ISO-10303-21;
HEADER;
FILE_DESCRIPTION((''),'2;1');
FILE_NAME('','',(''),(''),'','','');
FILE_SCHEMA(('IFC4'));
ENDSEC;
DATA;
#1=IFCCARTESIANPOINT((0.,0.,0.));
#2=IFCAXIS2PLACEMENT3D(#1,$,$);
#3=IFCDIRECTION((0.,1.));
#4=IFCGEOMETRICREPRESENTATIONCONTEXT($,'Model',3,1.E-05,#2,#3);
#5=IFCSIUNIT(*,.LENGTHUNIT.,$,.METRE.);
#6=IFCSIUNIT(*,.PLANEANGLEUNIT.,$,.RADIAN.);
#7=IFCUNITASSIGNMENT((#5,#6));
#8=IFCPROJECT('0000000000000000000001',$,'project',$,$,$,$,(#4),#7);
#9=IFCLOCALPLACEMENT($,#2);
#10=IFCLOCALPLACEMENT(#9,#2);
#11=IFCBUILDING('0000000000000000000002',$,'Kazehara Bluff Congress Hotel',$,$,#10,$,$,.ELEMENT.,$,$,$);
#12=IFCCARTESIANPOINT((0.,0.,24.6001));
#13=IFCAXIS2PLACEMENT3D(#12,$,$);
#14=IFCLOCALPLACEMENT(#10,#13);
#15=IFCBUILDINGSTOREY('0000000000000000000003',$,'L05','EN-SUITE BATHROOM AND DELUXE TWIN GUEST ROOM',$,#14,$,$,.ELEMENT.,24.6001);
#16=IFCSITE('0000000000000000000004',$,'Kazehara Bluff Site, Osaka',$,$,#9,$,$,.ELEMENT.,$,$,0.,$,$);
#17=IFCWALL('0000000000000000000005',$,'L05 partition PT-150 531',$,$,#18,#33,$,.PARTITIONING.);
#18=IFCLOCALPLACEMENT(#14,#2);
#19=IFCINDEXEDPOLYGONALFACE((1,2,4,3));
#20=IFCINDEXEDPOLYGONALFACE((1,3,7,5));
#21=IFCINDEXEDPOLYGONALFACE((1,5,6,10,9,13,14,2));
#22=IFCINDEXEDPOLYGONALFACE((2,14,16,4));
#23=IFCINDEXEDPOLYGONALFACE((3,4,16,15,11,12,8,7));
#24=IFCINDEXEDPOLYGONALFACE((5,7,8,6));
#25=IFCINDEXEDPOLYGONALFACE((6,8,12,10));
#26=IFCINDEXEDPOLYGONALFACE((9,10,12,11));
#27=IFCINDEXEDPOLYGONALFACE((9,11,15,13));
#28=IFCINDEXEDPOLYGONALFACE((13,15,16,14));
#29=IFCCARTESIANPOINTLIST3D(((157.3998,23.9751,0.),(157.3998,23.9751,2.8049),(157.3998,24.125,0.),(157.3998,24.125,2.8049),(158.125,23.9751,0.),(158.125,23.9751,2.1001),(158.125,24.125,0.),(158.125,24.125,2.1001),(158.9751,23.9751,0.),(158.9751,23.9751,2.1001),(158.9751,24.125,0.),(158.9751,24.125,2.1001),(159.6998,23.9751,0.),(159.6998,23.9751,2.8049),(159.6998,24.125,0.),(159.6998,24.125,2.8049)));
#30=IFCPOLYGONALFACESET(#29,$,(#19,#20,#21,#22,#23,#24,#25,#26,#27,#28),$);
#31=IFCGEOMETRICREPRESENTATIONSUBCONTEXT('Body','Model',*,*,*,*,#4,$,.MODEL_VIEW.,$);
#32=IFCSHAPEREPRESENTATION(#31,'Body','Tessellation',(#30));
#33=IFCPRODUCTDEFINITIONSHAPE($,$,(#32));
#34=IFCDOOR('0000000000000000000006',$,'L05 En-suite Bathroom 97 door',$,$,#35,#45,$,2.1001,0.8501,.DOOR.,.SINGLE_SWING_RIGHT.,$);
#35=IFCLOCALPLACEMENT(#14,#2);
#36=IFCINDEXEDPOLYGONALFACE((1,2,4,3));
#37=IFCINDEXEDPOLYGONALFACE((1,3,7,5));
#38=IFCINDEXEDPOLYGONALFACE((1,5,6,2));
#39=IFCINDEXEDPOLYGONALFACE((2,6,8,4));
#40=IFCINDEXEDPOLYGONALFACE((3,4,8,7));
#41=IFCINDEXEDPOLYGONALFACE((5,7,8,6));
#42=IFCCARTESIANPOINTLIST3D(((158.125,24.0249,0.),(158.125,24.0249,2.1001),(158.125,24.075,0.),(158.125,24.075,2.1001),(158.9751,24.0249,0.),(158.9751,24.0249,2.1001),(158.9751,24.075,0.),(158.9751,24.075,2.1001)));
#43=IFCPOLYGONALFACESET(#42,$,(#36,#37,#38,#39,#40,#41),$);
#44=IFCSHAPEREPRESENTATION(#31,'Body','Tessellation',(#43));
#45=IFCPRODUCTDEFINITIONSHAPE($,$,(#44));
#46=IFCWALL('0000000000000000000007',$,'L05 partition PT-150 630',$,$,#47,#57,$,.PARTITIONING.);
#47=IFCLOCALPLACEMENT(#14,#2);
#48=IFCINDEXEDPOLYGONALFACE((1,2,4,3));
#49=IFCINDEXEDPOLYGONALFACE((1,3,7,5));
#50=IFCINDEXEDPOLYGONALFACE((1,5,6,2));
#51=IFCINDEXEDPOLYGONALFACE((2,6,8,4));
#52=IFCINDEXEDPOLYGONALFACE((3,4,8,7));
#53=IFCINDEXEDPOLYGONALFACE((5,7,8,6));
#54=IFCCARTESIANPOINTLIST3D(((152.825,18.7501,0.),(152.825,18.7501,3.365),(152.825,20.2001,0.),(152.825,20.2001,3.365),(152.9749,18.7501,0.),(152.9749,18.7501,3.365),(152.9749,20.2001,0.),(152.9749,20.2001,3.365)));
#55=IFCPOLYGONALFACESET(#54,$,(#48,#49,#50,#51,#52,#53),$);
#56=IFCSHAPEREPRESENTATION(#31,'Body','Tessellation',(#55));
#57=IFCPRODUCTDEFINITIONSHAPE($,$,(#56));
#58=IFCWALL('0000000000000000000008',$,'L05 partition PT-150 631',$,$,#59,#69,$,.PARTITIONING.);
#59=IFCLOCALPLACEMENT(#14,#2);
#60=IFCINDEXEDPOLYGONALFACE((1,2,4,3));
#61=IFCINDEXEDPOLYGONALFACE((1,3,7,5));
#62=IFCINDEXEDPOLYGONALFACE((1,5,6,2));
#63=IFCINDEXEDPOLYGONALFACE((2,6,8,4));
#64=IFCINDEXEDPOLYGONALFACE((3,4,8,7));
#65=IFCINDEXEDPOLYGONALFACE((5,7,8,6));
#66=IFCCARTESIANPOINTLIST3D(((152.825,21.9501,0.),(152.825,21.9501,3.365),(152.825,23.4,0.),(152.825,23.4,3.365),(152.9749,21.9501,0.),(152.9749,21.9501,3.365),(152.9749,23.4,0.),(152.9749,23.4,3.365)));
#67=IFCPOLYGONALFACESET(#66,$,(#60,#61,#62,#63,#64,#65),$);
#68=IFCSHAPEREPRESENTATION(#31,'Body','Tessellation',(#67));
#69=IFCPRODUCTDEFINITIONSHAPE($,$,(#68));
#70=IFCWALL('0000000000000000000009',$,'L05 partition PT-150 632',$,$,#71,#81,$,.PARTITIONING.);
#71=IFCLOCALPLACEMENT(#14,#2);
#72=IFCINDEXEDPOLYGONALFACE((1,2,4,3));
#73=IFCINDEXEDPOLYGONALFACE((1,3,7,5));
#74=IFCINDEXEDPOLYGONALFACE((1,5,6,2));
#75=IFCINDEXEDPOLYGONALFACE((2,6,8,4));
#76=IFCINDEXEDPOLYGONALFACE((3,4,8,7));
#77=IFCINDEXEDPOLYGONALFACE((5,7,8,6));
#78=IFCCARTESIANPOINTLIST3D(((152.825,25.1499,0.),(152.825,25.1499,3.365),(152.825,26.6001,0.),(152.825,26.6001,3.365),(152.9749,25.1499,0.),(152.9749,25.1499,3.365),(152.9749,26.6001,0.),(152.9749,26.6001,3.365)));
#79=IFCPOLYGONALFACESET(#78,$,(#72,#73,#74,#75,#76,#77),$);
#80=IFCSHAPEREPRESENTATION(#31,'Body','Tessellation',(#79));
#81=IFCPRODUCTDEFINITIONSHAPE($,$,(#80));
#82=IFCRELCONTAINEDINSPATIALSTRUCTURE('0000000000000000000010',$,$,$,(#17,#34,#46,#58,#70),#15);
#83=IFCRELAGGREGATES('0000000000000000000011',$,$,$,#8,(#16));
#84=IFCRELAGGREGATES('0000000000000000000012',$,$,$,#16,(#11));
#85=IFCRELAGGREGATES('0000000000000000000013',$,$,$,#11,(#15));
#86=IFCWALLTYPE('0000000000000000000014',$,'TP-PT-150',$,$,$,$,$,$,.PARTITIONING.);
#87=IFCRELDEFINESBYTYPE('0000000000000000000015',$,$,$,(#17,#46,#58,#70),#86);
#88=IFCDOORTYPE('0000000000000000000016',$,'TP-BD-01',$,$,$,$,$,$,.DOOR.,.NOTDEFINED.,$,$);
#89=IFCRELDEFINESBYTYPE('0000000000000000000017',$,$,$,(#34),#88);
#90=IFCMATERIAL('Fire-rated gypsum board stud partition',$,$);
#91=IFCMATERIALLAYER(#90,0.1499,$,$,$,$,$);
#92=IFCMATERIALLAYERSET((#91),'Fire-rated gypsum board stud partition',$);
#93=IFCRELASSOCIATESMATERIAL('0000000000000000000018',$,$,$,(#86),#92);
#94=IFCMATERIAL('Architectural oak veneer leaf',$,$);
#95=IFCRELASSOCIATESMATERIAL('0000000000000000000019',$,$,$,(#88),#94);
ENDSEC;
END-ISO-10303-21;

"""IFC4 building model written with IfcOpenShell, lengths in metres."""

from ifc_helpers import new_model, si_unit, direction, frame, frame_2d, origin, place, context, subcontext, project, spatial, rectangle, extrude, material, layer, layer_set, type_object, element, fill, save


model = new_model("IFC4")

# Units and contexts
model_context = context("Model", 3, precision=1e-05, world=origin(), true_north=direction((0.0, 1.0)))
body_context = subcontext(model_context, "Body", "Model", "MODEL_VIEW")
ifc_project = project(units=[si_unit("LENGTHUNIT", "METRE"), si_unit("PLANEANGLEUNIT", "RADIAN")], contexts=[model_context])

# Site, building, storey
site_placement = place(None, origin())
site = spatial("IfcSite", under=ifc_project, at=site_placement, Name="Kazehara Bluff Site, Osaka", CompositionType="ELEMENT", RefElevation=0.0)
building_placement = place(site_placement, origin())
building = spatial("IfcBuilding", under=site, at=building_placement, Name="Kazehara Bluff Congress Hotel", CompositionType="ELEMENT")
storey_placement = place(building_placement, frame((0.0, 0.0, 24.6001)))
storey = spatial("IfcBuildingStorey", under=building, at=storey_placement, Name="L05", Description="EN-SUITE BATHROOM AND DELUXE TWIN GUEST ROOM", CompositionType="ELEMENT", Elevation=24.6001)

# Wall, opening, door
ifc_material_1 = material(Name="Fire-rated gypsum board stud partition")
ifc_layer = layer(ifc_material_1, 0.1499)
ifc_layer_set = layer_set([ifc_layer], Name="Fire-rated gypsum board stud partition")
wall_type = type_object("IfcWallType", Name="TP-PT-150", PredefinedType="PARTITIONING", material=ifc_layer_set)
wall_1_placement = place(storey_placement, frame((157.3999, 24.05, 0.0), z_axis=(0.0, 0.0, 1.0), x_axis=(1.0, 0.0, 0.0)))
wall_1 = element("IfcWall", 1, at=wall_1_placement, inside=storey, type_object=wall_type, Name="L05 partition PT-150 531", PredefinedType="PARTITIONING", context=body_context, shape_type="SweptSolid", body=[
    extrude(rectangle(XDim=2.3, YDim=0.1499, at=frame_2d((1.1499, 0.0))), origin(), (0.0, 0.0, 1.0), 2.8049),
])
opening_1_placement = place(wall_1_placement, frame((0.7251, 0.0, 0.0)))
opening_1 = element("IfcOpeningElement", 2, at=opening_1_placement, cuts=wall_1, PredefinedType="OPENING", context=body_context, shape_type="SweptSolid", body=[
    extrude(rectangle(XDim=0.8501, YDim=2.1001, at=frame_2d((0.425, 1.05))), frame((0.0, 0.085, 0.0), z_axis=(0.0, -1.0, 0.0), x_axis=(1.0, 0.0, 0.0)), (0.0, 0.0, 1.0), 0.1699),
])
ifc_material_2 = material(Name="Architectural oak veneer leaf")
door_type_1 = type_object("IfcDoorType", Name="TP-BD-01", OperationType="NOTDEFINED", PredefinedType="DOOR", material=ifc_material_2)
door_1_placement = place(opening_1_placement, origin())
door_1 = element("IfcDoor", 3, at=door_1_placement, inside=storey, type_object=door_type_1, Name="L05 En-suite Bathroom 97 door", OperationType="SINGLE_SWING_RIGHT", OverallHeight=2.1001, OverallWidth=0.8501, PredefinedType="DOOR", context=body_context, shape_type="SweptSolid", body=[
    extrude(rectangle(XDim=0.8501, YDim=2.1001, at=frame_2d((0.425, 1.05))), frame((0.0, 0.0249, 0.0), z_axis=(0.0, -1.0, 0.0), x_axis=(1.0, 0.0, 0.0)), (0.0, 0.0, 1.0), 0.05),
])
fill(opening_1, door_1)

# Walls
for number, where, z_axis, x_axis, name in (
    (4, (152.8999, 18.75, 0.0), (0.0, 0.0, 1.0), (0.0, 1.0, 0.0), "L05 partition PT-150 630"),
    (5, (152.8999, 21.95, 0.0), (0.0, 0.0, 1.0), (0.0, 1.0, 0.0), "L05 partition PT-150 631"),
):
    element("IfcWall", number, at=place(storey_placement, frame(where, z_axis=z_axis, x_axis=x_axis)), inside=storey, type_object=wall_type, Name=name, PredefinedType="PARTITIONING", context=body_context, shape_type="SweptSolid", body=[
        extrude(rectangle(XDim=1.45, YDim=0.1499, at=frame_2d((0.7251, 0.0))), origin(), (0.0, 0.0, 1.0), 3.365),
    ])
wall_2_placement = place(storey_placement, frame((152.8999, 25.1499, 0.0), z_axis=(0.0, 0.0, 1.0), x_axis=(0.0, 1.0, 0.0)))
element("IfcWall", 6, at=wall_2_placement, inside=storey, type_object=wall_type, Name="L05 partition PT-150 632", PredefinedType="PARTITIONING", context=body_context, shape_type="SweptSolid", body=[
    extrude(rectangle(XDim=1.4502, YDim=0.1499, at=frame_2d((0.7251, 0.0))), origin(), (0.0, 0.0, 1.0), 3.365),
])

save(model, "model.ifc")
